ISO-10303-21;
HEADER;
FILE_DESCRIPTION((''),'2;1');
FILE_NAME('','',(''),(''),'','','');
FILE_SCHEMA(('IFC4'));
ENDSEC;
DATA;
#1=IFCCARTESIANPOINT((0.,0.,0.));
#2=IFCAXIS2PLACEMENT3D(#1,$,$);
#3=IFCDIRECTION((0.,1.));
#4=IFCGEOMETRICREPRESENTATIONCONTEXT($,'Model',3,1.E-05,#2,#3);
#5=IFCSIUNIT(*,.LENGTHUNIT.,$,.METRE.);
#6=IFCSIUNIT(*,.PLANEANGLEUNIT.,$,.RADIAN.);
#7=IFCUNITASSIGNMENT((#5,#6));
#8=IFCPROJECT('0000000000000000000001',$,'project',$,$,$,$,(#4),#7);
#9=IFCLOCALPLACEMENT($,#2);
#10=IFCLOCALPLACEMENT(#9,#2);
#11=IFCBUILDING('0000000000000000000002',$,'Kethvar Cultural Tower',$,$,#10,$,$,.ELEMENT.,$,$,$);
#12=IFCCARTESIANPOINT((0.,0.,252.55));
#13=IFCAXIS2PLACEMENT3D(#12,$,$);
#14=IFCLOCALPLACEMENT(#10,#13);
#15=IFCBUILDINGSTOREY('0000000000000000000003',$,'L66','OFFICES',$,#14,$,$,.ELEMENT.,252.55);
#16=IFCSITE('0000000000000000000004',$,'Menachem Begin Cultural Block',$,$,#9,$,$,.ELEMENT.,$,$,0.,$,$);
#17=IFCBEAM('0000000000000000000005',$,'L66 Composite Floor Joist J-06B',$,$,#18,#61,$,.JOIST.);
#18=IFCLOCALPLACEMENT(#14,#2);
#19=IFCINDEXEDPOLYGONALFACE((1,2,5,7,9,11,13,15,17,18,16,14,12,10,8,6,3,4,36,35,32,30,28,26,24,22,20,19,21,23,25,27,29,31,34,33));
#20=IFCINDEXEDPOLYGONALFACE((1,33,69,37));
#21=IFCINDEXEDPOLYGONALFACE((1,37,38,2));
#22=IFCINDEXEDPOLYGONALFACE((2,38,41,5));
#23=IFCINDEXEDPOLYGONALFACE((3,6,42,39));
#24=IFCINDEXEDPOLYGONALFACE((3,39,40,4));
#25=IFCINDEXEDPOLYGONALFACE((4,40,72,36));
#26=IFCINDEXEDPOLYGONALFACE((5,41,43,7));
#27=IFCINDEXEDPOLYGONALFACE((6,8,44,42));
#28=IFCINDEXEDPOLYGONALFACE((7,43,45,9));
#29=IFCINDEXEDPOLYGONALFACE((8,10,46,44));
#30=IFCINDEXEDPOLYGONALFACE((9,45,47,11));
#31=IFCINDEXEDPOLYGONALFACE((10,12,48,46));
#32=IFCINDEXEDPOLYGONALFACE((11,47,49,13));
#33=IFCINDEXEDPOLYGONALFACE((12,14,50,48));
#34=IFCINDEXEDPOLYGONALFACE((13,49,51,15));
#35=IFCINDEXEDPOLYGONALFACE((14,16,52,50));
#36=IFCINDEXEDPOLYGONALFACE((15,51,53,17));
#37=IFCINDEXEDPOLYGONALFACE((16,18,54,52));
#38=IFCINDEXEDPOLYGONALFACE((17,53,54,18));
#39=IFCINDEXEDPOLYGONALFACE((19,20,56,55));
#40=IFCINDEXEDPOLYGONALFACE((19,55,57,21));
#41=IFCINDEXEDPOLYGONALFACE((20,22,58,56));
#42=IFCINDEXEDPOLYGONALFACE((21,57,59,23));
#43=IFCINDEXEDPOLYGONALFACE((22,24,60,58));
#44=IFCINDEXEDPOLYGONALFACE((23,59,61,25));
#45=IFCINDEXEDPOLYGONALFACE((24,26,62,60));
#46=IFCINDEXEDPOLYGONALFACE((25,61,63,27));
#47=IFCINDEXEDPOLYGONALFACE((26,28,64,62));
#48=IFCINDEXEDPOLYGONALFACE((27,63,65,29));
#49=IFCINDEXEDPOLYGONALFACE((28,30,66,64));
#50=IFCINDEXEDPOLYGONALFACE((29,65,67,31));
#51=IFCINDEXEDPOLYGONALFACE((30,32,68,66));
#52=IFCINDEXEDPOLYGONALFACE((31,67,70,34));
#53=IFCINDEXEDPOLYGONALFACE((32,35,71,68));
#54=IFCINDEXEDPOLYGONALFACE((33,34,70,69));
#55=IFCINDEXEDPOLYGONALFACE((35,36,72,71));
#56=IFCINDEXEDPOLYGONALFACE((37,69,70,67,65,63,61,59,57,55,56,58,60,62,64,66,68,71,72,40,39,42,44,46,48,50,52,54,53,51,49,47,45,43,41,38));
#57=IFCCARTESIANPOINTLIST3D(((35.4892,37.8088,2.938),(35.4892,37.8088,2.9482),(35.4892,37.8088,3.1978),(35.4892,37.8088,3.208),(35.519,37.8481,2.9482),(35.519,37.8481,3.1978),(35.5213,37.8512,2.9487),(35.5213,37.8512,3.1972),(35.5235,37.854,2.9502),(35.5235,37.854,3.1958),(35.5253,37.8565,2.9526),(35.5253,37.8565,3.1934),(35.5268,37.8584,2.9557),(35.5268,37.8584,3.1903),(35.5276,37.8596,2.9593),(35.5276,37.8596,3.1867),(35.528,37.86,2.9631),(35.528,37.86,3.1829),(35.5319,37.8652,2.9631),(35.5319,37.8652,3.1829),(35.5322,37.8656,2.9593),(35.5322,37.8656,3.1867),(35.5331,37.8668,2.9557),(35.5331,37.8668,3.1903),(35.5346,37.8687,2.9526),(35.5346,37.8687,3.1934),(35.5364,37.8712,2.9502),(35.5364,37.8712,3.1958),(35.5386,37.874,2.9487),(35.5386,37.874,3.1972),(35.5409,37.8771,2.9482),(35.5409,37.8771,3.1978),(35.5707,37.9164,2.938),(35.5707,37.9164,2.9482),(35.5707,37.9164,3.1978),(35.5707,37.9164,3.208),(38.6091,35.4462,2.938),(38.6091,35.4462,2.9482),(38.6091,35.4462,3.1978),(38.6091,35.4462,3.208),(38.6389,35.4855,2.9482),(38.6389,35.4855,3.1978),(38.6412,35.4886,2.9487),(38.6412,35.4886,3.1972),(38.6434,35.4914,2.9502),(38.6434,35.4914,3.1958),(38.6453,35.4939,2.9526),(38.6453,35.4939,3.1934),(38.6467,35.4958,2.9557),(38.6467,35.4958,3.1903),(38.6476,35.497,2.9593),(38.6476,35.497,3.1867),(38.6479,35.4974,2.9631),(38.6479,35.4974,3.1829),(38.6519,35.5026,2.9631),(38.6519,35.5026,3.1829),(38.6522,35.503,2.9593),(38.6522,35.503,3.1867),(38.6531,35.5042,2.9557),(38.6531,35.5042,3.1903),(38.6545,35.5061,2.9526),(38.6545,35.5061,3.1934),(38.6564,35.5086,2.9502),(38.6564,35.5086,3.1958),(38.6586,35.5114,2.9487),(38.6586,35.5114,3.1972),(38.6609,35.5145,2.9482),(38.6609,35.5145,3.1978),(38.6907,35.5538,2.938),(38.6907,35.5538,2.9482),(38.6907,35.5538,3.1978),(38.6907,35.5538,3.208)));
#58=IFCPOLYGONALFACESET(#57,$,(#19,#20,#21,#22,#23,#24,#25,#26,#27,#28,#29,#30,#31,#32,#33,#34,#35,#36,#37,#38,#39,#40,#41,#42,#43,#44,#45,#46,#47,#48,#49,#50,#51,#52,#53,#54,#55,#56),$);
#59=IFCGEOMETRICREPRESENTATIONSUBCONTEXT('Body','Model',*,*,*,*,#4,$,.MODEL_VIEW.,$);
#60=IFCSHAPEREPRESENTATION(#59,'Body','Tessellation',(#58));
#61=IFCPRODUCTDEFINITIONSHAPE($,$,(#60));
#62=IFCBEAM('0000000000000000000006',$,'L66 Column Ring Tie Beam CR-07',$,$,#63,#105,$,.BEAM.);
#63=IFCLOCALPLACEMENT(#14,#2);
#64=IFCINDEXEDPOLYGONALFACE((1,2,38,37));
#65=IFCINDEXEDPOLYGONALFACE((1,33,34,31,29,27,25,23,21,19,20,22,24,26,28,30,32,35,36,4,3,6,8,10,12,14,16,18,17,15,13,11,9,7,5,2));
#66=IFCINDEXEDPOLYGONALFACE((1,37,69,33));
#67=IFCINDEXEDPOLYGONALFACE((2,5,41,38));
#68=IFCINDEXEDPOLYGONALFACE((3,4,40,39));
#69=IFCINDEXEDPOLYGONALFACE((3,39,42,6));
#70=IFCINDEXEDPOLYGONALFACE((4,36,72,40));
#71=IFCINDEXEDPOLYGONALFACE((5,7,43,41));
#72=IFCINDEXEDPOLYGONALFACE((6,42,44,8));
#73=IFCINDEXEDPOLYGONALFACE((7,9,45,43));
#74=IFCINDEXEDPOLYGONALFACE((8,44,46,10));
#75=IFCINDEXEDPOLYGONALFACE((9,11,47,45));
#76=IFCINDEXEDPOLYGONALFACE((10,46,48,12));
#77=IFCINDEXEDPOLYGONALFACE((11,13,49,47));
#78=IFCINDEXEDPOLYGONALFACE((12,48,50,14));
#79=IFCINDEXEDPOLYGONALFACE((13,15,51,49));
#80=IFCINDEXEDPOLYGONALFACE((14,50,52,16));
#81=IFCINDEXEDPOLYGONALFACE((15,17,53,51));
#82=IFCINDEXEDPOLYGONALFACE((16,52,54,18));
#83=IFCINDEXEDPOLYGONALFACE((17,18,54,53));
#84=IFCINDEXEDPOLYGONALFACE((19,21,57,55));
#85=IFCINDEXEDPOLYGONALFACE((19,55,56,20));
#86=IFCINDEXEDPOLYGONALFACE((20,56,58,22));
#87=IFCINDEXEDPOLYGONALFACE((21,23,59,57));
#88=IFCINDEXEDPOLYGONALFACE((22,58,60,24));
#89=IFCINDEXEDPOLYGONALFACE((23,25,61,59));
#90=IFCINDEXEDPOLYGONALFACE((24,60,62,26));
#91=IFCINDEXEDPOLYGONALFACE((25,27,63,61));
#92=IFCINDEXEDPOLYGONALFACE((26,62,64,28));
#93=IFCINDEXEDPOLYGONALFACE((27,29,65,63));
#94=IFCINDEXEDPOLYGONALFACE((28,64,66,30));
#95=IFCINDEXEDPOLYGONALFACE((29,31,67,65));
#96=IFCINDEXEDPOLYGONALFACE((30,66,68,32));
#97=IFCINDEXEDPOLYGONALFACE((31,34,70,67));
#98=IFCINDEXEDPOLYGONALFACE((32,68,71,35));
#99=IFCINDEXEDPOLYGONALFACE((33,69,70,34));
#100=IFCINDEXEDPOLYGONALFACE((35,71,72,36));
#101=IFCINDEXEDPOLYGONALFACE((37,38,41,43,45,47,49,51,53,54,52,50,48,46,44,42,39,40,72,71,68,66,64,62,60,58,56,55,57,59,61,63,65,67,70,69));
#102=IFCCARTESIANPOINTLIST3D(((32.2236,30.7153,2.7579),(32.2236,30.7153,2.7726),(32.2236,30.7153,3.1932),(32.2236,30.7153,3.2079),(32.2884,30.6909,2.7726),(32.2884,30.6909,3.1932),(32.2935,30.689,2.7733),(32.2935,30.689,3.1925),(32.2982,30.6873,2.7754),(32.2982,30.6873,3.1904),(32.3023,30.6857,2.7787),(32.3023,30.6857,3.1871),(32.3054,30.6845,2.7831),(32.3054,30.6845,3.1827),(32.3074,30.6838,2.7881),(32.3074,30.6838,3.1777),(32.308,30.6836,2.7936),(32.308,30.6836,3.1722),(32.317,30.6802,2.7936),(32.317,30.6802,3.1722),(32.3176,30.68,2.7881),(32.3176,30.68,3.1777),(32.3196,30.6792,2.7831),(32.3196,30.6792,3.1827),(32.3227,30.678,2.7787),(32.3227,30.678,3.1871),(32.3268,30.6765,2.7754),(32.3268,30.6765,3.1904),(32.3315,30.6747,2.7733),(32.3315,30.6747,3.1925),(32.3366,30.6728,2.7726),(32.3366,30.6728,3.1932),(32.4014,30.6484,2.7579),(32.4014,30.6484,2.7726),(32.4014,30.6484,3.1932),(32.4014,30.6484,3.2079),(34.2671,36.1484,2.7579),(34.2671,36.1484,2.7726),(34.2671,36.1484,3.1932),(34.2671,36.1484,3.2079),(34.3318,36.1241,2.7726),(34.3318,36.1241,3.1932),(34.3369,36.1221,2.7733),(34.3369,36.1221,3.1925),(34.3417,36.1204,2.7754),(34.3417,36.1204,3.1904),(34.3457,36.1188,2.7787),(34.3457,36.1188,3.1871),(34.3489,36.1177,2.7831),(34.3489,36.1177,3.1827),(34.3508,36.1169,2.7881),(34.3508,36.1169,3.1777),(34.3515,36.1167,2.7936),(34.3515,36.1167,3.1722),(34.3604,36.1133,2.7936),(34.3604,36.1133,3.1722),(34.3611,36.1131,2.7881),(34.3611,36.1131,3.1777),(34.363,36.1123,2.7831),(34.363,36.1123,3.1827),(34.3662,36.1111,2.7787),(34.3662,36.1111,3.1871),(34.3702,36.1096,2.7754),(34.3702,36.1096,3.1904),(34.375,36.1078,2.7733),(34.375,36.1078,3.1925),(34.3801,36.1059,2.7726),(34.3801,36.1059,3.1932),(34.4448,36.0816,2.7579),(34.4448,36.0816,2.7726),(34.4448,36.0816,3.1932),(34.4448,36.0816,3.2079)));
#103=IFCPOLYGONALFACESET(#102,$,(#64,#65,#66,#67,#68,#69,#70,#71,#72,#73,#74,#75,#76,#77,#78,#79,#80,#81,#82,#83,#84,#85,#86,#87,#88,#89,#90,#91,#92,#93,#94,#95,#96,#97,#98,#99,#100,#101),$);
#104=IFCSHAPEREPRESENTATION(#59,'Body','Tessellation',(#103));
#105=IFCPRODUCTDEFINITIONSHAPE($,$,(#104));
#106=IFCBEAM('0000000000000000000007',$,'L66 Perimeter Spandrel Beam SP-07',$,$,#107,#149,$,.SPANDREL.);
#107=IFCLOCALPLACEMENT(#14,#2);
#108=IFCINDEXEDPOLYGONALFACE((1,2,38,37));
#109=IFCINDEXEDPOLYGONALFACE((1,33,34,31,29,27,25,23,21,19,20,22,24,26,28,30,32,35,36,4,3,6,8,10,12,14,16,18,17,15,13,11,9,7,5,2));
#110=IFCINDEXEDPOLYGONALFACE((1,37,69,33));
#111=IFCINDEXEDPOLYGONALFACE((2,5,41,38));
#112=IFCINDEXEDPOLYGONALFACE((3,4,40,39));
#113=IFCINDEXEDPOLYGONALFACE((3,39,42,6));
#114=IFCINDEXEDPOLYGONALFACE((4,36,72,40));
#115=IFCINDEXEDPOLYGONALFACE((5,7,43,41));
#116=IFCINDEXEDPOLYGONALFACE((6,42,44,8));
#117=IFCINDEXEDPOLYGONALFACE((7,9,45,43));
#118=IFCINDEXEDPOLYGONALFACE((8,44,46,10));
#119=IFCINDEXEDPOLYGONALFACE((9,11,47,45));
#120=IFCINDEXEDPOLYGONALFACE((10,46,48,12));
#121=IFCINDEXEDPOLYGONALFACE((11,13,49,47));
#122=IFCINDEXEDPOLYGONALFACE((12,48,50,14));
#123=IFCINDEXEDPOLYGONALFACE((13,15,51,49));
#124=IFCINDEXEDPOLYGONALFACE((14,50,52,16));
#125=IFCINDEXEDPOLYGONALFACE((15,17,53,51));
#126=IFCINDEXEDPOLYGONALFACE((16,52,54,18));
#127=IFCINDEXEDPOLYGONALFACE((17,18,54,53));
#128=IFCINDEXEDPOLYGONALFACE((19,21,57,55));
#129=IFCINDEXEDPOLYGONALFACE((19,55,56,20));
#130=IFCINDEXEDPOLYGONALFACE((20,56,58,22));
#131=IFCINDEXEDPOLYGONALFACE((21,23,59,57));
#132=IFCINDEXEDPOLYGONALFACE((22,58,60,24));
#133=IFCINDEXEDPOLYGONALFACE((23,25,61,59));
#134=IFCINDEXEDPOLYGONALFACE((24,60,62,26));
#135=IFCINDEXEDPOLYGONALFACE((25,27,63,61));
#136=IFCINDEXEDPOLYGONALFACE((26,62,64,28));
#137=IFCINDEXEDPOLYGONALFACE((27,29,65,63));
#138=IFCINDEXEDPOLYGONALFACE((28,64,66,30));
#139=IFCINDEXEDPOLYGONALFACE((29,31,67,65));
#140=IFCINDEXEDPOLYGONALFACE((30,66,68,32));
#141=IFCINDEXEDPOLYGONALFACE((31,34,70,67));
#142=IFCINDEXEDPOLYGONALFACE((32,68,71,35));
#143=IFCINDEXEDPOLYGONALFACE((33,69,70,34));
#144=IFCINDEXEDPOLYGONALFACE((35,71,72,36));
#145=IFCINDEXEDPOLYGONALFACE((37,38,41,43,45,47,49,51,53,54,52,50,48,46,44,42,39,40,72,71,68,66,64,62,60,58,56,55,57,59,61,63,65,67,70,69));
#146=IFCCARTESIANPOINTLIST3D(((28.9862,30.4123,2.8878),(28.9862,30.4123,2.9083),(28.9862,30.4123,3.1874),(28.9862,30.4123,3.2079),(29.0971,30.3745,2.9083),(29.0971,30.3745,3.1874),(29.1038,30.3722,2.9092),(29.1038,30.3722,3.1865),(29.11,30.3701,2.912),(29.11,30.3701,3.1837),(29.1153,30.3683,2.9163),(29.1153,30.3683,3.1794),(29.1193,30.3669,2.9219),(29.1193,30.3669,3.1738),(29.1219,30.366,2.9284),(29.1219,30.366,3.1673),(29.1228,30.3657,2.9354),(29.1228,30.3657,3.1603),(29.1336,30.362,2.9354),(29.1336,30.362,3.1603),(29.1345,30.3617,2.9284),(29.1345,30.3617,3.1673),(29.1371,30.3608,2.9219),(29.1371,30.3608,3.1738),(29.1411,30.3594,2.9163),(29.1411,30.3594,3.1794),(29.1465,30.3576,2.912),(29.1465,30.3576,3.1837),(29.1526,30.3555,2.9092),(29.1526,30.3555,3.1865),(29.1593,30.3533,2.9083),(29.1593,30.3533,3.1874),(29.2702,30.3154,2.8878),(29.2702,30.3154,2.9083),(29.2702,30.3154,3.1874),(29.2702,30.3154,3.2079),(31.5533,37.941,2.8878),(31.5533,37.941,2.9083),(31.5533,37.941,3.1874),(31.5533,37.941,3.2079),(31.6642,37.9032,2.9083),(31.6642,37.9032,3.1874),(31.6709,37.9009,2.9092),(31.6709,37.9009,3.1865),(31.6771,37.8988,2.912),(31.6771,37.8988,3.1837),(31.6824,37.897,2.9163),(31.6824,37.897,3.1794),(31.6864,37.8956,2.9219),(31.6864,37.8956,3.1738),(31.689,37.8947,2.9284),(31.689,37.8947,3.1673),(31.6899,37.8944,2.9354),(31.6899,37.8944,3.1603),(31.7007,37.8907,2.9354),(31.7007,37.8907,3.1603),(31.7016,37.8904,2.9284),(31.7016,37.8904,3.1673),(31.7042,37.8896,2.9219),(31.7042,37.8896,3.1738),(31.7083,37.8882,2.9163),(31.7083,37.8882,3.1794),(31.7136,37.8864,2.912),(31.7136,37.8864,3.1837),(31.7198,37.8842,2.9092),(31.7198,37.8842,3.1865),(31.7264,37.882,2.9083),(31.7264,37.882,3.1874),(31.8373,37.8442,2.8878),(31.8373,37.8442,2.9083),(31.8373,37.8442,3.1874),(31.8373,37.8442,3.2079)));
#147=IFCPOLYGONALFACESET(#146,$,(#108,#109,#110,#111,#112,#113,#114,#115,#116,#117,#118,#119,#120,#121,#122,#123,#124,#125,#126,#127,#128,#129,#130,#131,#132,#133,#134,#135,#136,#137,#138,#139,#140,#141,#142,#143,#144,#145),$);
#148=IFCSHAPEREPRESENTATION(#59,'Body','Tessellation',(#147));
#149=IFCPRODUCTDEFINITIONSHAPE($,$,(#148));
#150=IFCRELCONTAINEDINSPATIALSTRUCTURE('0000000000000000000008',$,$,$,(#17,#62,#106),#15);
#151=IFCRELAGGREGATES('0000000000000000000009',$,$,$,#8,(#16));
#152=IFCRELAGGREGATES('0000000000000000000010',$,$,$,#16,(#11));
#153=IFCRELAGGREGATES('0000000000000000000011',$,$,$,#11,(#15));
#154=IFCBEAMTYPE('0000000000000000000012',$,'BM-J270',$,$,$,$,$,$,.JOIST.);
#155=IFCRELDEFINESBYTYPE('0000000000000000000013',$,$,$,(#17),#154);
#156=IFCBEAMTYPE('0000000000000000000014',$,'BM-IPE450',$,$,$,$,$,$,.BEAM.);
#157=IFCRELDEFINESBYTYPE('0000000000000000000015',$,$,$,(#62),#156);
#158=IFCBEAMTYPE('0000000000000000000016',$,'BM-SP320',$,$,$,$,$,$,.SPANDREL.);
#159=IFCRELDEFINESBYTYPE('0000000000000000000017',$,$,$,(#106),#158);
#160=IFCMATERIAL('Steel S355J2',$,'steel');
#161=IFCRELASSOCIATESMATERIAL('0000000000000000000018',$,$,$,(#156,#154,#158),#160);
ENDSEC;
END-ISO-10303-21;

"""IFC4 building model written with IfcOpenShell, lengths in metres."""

from ifc_helpers import new_model, si_unit, direction, frame, origin, origin_2d, place, context, subcontext, project, spatial, i_section, extrude, source, transform, mapped, material, material_profile, profile_set, type_object, element, save


model = new_model("IFC4")

# Units and contexts
model_context = context("Model", 3, precision=1e-05, world=origin(), true_north=direction((0.0, 1.0)))
body_context = subcontext(model_context, "Body", "Model", "MODEL_VIEW")
ifc_project = project(units=[si_unit("LENGTHUNIT", "METRE"), si_unit("PLANEANGLEUNIT", "RADIAN")], contexts=[model_context])

# Site, building, storey
site_placement = place(None, origin())
site = spatial("IfcSite", under=ifc_project, at=site_placement, Name="Menachem Begin Cultural Block", CompositionType="ELEMENT", RefElevation=0.0)
building_placement = place(site_placement, origin())
building = spatial("IfcBuilding", under=site, at=building_placement, Name="Kethvar Cultural Tower", CompositionType="ELEMENT")
storey_placement = place(building_placement, frame((0.0, 0.0, 252.55)))
storey = spatial("IfcBuildingStorey", under=building, at=storey_placement, Name="L66", Description="OFFICES", CompositionType="ELEMENT", Elevation=252.55)

# Beams
ifc_material_1 = material(Name="Steel S355J2", Category="steel")
ifc_material_profile_1 = material_profile(ifc_material_1, i_section(OverallWidth=0.1899, OverallDepth=0.45, WebThickness=0.0095, FlangeThickness=0.0146, FilletRadius=0.021, at=origin_2d()), Name="Steel S355J2 — IPE450")
ifc_profile_set_1 = profile_set([ifc_material_profile_1], Name="Steel S355J2 — IPE450")
beam_type_1 = type_object("IfcBeamType", Name="BM-IPE450", PredefinedType="BEAM", material=ifc_profile_set_1)
ifc_material_profile_2 = material_profile(ifc_material_1, i_section(OverallWidth=0.135, OverallDepth=0.27, WebThickness=0.0066, FlangeThickness=0.0103, FilletRadius=0.0149, at=origin_2d()), Name="Steel S355J2 — IPE270")
ifc_profile_set_2 = profile_set([ifc_material_profile_2], Name="Steel S355J2 — IPE270")
beam_type_2 = type_object("IfcBeamType", Name="BM-J270", PredefinedType="JOIST", material=ifc_profile_set_2)
shared_shape_1 = source(origin(), body_context, "Body", "SweptSolid", [
    extrude(i_section(OverallWidth=0.135, OverallDepth=0.27, WebThickness=0.0066, FlangeThickness=0.0103, FilletRadius=0.0149, at=origin_2d()), origin(), (0.0, 0.0, 1.0), 3.9136),
])
beam_1_placement = place(storey_placement, frame((38.6499, 35.5, 3.073), z_axis=(-0.797214, 0.603697, 0.0), x_axis=(-0.603697, -0.797214, 0.0)))
element("IfcBeam", 1, at=beam_1_placement, inside=storey, type_object=beam_type_2, Name="L66 Composite Floor Joist J-06B", PredefinedType="JOIST", context=body_context, shape_type="MappedRepresentation", body=[
    mapped(shared_shape_1, transform((0.0, 0.0, 0.0), scale=1.0)),
])
shared_shape_2 = source(origin(), body_context, "Body", "SweptSolid", [
    extrude(i_section(OverallWidth=0.1899, OverallDepth=0.45, WebThickness=0.0095, FlangeThickness=0.0146, FilletRadius=0.021, at=origin_2d()), origin(), (0.0, 0.0, 1.0), 5.8047),
])
beam_2_placement = place(storey_placement, frame((34.356, 36.115, 2.9829), z_axis=(-0.352036, -0.935986, 0.0), x_axis=(0.935986, -0.352036, 0.0)))
element("IfcBeam", 2, at=beam_2_placement, inside=storey, type_object=beam_type_1, Name="L66 Column Ring Tie Beam CR-07", PredefinedType="BEAM", context=body_context, shape_type="MappedRepresentation", body=[
    mapped(shared_shape_2, transform((0.0, 0.0, 0.0), scale=1.0)),
])
ifc_material_profile_3 = material_profile(ifc_material_1, i_section(OverallWidth=0.3, OverallDepth=0.3201, WebThickness=0.0115, FlangeThickness=0.0205, FilletRadius=0.0271, at=origin_2d()), Name="Steel S355J2 — HEB320")
ifc_profile_set_3 = profile_set([ifc_material_profile_3], Name="Steel S355J2 — HEB320")
beam_type_3 = type_object("IfcBeamType", Name="BM-SP320", PredefinedType="SPANDREL", material=ifc_profile_set_3)
shared_shape_3 = source(origin(), body_context, "Body", "SweptSolid", [
    extrude(i_section(OverallWidth=0.3, OverallDepth=0.3201, WebThickness=0.0115, FlangeThickness=0.0205, FilletRadius=0.0271, at=origin_2d()), origin(), (0.0, 0.0, 1.0), 7.9543),
])
beam_3_placement = place(storey_placement, frame((31.6953, 37.8926, 3.0479), z_axis=(-0.32273, -0.946491, 0.0), x_axis=(0.946491, -0.32273, 0.0)))
element("IfcBeam", 3, at=beam_3_placement, inside=storey, type_object=beam_type_3, Name="L66 Perimeter Spandrel Beam SP-07", PredefinedType="SPANDREL", context=body_context, shape_type="MappedRepresentation", body=[
    mapped(shared_shape_3, transform((0.0, 0.0, 0.0), scale=1.0)),
])

save(model, "model.ifc")
